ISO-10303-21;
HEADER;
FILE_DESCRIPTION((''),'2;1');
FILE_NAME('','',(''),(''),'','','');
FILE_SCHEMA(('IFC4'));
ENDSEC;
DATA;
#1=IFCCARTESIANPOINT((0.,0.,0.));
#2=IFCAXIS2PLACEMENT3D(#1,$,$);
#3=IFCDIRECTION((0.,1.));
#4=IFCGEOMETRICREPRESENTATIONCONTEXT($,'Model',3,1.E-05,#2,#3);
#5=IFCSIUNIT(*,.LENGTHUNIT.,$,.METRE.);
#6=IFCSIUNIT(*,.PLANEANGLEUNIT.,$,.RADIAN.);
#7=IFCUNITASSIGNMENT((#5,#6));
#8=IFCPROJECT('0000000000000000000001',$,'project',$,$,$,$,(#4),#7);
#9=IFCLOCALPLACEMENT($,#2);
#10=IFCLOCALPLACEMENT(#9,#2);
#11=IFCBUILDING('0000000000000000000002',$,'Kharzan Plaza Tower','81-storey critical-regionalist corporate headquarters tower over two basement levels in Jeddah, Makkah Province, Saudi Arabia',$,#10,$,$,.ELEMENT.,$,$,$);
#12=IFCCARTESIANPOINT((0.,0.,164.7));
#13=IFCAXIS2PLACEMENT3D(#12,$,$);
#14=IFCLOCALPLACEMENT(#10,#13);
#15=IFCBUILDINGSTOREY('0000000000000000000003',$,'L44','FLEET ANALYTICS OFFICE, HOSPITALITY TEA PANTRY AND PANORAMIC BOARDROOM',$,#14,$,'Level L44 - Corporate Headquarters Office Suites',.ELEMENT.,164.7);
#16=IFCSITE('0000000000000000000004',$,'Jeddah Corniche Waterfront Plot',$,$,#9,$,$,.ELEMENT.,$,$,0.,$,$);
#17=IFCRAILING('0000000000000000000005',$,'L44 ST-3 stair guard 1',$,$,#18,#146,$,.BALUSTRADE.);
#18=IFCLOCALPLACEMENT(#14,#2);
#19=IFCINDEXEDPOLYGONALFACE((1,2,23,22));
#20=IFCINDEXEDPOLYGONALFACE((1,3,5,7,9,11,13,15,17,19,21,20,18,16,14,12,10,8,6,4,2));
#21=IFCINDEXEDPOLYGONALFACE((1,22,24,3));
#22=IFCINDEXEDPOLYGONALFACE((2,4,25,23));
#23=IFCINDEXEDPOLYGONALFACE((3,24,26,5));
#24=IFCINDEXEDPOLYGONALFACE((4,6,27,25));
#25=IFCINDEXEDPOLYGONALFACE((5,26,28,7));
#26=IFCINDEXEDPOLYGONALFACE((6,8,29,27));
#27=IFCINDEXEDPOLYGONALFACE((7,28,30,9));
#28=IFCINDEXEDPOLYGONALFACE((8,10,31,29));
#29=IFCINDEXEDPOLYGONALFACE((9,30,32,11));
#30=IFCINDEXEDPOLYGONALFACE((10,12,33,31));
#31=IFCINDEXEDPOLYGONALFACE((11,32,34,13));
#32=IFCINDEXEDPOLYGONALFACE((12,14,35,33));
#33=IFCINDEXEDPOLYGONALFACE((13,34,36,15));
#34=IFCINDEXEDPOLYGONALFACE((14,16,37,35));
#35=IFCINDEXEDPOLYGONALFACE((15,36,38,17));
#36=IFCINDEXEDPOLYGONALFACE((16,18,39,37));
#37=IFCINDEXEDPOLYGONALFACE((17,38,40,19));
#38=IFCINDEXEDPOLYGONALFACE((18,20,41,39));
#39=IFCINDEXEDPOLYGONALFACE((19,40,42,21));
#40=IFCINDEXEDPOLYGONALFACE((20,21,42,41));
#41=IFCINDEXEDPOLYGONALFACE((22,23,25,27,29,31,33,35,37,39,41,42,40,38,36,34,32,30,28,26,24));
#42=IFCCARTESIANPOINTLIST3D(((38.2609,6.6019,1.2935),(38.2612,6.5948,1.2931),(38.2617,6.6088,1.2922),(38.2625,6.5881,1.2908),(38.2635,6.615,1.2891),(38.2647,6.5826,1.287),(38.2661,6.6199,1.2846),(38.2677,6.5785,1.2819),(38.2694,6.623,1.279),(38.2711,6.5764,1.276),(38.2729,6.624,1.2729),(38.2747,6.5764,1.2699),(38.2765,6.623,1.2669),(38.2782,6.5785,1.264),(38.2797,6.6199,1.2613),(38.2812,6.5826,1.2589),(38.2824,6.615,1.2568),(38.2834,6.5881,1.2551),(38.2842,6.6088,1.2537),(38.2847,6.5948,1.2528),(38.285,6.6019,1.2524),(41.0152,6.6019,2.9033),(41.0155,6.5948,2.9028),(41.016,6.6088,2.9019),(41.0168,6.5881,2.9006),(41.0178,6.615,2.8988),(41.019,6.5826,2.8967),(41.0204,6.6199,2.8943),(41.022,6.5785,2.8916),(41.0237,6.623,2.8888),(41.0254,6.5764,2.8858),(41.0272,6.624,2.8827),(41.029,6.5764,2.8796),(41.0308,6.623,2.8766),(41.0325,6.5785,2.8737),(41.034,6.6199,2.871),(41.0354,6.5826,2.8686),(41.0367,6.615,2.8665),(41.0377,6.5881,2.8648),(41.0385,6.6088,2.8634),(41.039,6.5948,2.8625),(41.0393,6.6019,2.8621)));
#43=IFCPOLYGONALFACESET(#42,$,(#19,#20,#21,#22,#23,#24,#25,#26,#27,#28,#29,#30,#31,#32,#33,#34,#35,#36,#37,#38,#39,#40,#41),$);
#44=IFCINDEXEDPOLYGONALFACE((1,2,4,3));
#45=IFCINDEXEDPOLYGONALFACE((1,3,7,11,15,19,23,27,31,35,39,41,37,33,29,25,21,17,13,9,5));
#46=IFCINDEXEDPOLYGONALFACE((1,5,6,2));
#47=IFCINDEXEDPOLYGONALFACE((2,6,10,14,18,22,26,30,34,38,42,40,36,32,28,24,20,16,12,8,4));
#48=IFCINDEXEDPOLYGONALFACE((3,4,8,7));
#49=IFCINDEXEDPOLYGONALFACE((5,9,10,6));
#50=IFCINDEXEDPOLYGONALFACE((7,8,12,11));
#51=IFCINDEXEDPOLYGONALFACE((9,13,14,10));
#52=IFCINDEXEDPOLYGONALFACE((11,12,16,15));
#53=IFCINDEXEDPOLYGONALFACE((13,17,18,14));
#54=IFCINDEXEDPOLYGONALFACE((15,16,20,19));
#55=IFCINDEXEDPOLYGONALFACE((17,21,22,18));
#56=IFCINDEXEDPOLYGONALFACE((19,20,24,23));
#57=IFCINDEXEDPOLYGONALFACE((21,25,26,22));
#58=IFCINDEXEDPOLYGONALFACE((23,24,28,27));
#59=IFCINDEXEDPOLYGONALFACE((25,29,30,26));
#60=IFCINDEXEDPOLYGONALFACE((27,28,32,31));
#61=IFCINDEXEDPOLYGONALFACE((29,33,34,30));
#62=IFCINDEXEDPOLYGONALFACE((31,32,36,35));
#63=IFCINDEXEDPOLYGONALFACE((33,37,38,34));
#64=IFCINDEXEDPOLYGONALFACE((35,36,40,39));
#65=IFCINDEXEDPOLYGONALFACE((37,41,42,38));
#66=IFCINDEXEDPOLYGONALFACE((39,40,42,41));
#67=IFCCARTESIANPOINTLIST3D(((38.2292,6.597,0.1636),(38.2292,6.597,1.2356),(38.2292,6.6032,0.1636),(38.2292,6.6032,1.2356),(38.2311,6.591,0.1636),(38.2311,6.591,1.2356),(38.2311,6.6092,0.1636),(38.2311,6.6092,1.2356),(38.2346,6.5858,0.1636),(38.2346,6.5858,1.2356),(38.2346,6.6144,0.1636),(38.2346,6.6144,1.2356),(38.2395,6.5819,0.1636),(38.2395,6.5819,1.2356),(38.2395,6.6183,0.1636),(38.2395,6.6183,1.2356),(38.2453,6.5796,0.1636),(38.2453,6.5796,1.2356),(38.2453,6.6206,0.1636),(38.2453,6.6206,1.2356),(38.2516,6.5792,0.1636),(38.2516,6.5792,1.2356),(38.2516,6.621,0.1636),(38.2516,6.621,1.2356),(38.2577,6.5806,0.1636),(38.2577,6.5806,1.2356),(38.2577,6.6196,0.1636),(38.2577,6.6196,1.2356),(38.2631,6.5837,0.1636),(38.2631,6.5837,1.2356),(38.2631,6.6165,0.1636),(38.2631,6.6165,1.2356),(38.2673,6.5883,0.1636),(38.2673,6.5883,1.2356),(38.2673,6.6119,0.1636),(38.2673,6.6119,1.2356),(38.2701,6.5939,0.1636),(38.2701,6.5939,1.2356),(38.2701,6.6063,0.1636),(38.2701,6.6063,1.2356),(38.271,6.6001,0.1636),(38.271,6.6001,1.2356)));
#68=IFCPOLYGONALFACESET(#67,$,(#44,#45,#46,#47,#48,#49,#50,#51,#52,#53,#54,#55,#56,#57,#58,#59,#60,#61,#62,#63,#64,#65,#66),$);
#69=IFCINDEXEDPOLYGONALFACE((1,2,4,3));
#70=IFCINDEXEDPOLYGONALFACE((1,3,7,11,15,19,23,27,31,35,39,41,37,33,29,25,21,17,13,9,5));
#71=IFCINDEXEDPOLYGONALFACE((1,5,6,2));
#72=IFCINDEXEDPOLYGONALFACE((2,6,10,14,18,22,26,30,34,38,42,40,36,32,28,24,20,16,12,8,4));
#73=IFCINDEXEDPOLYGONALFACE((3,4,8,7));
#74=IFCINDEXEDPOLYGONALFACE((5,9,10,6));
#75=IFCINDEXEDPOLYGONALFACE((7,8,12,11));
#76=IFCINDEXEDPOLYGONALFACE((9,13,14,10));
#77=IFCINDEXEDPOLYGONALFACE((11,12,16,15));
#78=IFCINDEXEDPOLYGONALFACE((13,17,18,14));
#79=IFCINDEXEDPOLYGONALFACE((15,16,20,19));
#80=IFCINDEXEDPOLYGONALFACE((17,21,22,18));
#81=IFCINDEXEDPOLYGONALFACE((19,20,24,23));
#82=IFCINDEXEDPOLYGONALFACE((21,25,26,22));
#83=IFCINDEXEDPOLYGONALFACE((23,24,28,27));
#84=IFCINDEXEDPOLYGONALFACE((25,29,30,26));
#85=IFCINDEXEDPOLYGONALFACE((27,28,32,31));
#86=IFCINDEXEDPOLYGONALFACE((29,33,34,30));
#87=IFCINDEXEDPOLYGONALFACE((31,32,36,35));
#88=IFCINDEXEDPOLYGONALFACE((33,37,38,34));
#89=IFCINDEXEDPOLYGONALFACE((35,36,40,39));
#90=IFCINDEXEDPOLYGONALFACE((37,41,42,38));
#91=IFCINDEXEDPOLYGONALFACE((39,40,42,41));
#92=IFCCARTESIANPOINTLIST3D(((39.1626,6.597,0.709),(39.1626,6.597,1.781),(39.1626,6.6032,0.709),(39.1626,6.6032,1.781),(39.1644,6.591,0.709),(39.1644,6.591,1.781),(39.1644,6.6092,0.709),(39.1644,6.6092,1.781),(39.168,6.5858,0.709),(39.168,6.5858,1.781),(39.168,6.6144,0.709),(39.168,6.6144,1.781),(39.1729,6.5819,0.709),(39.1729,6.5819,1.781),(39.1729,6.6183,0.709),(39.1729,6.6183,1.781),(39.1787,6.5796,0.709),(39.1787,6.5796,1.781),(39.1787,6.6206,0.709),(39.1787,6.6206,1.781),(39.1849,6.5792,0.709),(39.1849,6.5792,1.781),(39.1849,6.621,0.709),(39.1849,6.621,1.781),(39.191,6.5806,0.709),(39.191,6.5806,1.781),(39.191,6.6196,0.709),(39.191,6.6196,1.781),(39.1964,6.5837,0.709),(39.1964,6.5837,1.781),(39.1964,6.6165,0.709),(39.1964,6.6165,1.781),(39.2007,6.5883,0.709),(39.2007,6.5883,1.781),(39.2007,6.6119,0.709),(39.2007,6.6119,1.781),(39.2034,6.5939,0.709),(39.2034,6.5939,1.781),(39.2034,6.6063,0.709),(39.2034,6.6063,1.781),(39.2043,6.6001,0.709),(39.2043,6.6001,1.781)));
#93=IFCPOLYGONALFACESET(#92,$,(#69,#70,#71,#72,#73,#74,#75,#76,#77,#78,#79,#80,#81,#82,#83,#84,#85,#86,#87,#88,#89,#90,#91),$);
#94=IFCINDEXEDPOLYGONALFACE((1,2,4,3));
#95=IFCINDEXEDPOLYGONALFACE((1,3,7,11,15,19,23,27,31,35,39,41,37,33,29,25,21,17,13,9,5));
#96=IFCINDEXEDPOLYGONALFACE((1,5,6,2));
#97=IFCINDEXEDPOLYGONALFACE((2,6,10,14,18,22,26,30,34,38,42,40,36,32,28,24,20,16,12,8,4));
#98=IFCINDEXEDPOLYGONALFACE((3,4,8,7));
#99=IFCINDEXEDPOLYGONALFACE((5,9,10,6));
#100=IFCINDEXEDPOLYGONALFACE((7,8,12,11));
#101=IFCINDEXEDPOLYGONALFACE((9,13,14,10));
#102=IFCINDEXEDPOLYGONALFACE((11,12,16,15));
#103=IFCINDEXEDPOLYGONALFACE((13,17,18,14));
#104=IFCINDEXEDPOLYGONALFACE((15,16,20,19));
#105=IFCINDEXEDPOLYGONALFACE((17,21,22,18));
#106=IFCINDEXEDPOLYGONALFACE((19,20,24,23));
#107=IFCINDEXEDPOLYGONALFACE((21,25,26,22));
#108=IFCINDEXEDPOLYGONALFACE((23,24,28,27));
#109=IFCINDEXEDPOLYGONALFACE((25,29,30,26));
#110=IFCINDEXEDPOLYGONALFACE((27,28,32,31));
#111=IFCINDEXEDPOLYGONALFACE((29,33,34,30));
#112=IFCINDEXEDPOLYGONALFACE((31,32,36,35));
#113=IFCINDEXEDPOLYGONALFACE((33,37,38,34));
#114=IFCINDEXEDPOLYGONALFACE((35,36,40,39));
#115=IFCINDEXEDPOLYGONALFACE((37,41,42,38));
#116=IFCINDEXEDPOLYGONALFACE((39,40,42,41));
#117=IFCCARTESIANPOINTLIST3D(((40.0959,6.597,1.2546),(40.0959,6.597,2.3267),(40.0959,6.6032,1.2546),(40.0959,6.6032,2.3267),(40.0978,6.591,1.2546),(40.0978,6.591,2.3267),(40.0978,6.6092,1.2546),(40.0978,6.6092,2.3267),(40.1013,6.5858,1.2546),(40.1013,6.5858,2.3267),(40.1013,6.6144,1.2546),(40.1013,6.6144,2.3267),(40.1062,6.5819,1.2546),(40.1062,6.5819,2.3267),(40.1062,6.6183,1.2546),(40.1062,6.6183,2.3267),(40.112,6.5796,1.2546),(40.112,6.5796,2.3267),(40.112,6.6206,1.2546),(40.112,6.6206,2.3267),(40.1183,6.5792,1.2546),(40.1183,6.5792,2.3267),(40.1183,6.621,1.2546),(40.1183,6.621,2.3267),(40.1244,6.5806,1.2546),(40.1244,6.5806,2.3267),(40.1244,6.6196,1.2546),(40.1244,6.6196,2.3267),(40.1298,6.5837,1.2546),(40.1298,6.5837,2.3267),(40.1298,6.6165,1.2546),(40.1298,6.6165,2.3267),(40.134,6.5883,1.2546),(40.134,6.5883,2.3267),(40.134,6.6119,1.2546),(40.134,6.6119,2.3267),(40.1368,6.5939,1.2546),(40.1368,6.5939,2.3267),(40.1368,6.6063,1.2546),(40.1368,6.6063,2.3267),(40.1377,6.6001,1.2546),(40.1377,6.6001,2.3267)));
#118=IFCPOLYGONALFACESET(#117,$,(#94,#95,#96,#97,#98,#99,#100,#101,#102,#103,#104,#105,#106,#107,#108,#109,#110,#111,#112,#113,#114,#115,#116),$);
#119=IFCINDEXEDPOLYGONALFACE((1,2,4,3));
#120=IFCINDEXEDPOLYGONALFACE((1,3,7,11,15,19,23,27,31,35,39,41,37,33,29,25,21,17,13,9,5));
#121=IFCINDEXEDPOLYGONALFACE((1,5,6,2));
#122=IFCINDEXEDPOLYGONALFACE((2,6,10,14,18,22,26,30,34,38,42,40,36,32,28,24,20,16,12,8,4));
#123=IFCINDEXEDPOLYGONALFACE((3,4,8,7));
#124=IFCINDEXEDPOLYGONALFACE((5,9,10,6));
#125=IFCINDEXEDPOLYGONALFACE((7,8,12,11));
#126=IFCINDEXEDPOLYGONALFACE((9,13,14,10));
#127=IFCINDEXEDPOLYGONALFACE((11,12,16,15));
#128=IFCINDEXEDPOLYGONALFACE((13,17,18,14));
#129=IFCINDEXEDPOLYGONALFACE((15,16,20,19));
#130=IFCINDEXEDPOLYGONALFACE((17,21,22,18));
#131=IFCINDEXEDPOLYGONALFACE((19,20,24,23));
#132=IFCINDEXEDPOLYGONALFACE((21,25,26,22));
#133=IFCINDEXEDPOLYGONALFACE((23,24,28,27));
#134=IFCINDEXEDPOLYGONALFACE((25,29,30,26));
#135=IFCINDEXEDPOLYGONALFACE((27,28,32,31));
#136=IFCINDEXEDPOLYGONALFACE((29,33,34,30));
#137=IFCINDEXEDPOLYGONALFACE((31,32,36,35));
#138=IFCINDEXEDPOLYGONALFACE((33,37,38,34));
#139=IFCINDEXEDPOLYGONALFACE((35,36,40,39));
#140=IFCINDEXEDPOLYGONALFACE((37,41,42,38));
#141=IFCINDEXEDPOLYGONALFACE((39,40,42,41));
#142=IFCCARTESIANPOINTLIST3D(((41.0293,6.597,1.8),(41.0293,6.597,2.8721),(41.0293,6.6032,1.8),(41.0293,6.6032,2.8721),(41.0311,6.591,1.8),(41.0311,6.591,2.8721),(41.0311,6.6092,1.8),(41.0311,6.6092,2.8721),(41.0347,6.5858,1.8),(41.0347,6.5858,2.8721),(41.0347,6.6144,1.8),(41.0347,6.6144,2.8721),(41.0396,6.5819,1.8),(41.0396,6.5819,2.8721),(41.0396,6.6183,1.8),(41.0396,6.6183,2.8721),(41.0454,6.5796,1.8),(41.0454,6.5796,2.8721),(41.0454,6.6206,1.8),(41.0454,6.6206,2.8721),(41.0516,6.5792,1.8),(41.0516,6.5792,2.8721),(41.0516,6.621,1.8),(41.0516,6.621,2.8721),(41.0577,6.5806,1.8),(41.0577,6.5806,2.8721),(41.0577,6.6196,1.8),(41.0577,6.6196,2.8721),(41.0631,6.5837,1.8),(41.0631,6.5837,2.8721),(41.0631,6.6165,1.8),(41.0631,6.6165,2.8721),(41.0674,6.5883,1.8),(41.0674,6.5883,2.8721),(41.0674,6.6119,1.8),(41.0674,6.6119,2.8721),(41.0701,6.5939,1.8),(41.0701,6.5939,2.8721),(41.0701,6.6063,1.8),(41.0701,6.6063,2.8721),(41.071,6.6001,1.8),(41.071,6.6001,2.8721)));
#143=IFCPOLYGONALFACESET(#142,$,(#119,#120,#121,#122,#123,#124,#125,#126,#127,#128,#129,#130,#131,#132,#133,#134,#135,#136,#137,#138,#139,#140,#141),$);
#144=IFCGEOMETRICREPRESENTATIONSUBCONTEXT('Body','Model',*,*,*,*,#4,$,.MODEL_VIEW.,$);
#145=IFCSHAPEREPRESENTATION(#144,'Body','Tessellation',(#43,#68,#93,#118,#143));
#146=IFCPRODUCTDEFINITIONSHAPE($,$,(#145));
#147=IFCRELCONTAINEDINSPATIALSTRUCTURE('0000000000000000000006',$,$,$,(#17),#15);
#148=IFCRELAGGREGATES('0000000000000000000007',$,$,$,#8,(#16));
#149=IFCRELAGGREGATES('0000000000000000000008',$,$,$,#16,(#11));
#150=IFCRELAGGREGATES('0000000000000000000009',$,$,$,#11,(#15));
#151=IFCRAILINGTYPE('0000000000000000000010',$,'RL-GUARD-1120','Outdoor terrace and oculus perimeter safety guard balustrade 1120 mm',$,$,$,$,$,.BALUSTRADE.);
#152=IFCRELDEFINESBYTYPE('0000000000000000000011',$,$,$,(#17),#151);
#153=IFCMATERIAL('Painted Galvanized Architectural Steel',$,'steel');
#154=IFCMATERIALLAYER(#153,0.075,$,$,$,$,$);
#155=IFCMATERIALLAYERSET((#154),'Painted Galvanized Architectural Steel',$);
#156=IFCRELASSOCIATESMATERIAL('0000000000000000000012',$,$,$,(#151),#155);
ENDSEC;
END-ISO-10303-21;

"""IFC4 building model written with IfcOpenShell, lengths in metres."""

from ifc_helpers import new_model, si_unit, direction, frame, origin, origin_2d, place, context, subcontext, project, spatial, circle, extrude, source, transform, mapped, material, layer, layer_set, type_object, element, save


model = new_model("IFC4")

# Units and contexts
model_context = context("Model", 3, precision=1e-05, world=origin(), true_north=direction((0.0, 1.0)))
body_context = subcontext(model_context, "Body", "Model", "MODEL_VIEW")
ifc_project = project(units=[si_unit("LENGTHUNIT", "METRE"), si_unit("PLANEANGLEUNIT", "RADIAN")], contexts=[model_context])

# Site, building, storey
site_placement = place(None, origin())
site = spatial("IfcSite", under=ifc_project, at=site_placement, Name="Jeddah Corniche Waterfront Plot", CompositionType="ELEMENT", RefElevation=0.0)
building_placement = place(site_placement, origin())
building = spatial("IfcBuilding", under=site, at=building_placement, Name="Kharzan Plaza Tower", Description="81-storey critical-regionalist corporate headquarters tower over two basement levels in Jeddah, Makkah Province, Saudi Arabia", CompositionType="ELEMENT")
storey_placement = place(building_placement, frame((0.0, 0.0, 164.7)))
storey = spatial("IfcBuildingStorey", under=building, at=storey_placement, Name="L44", Description="FLEET ANALYTICS OFFICE, HOSPITALITY TEA PANTRY AND PANORAMIC BOARDROOM", LongName="Level L44 - Corporate Headquarters Office Suites", CompositionType="ELEMENT", Elevation=164.7)

# Railing
ifc_material_1 = material(Name="Painted Galvanized Architectural Steel", Category="steel")
ifc_layer_1 = layer(ifc_material_1, 0.075)
ifc_layer_set_1 = layer_set([ifc_layer_1], Name="Painted Galvanized Architectural Steel")
railing_type_1 = type_object("IfcRailingType", Name="RL-GUARD-1120", Description="Outdoor terrace and oculus perimeter safety guard balustrade 1120 mm", PredefinedType="BALUSTRADE", material=ifc_layer_set_1)
shared_shape_1 = source(origin(), body_context, "Body", "SweptSolid", [
    extrude(circle(Radius=0.0239, at=origin_2d()), frame((0.0229, 0.0, 1.1094), z_axis=(0.863361, 0.0, 0.504587), x_axis=(0.0, 1.0, 0.0)), (0.0, 0.0, 1.0), 3.1902),
    extrude(circle(Radius=0.021, at=origin_2d()), origin(), (0.0, 0.0, 1.0), 1.072),
    extrude(circle(Radius=0.021, at=origin_2d()), frame((0.9333, 0.0, 0.5454)), (0.0, 0.0, 1.0), 1.072),
    extrude(circle(Radius=0.021, at=origin_2d()), frame((1.8667, 0.0, 1.0911)), (0.0, 0.0, 1.0), 1.072),
    extrude(circle(Radius=0.021, at=origin_2d()), frame((2.8, 0.0, 1.6365)), (0.0, 0.0, 1.0), 1.072),
])
railing_1_placement = place(storey_placement, frame((38.25, 6.6001, 0.1636)))
element("IfcRailing", 1, at=railing_1_placement, inside=storey, type_object=railing_type_1, Name="L44 ST-3 stair guard 1", PredefinedType="BALUSTRADE", context=body_context, shape_type="MappedRepresentation", body=[
    mapped(shared_shape_1, transform((0.0, 0.0, 0.0), x_axis=(1.0, 0.0, 0.0), y_axis=(0.0, 1.0, 0.0), z_axis=(0.0, 0.0, 1.0))),
])

save(model, "model.ifc")
